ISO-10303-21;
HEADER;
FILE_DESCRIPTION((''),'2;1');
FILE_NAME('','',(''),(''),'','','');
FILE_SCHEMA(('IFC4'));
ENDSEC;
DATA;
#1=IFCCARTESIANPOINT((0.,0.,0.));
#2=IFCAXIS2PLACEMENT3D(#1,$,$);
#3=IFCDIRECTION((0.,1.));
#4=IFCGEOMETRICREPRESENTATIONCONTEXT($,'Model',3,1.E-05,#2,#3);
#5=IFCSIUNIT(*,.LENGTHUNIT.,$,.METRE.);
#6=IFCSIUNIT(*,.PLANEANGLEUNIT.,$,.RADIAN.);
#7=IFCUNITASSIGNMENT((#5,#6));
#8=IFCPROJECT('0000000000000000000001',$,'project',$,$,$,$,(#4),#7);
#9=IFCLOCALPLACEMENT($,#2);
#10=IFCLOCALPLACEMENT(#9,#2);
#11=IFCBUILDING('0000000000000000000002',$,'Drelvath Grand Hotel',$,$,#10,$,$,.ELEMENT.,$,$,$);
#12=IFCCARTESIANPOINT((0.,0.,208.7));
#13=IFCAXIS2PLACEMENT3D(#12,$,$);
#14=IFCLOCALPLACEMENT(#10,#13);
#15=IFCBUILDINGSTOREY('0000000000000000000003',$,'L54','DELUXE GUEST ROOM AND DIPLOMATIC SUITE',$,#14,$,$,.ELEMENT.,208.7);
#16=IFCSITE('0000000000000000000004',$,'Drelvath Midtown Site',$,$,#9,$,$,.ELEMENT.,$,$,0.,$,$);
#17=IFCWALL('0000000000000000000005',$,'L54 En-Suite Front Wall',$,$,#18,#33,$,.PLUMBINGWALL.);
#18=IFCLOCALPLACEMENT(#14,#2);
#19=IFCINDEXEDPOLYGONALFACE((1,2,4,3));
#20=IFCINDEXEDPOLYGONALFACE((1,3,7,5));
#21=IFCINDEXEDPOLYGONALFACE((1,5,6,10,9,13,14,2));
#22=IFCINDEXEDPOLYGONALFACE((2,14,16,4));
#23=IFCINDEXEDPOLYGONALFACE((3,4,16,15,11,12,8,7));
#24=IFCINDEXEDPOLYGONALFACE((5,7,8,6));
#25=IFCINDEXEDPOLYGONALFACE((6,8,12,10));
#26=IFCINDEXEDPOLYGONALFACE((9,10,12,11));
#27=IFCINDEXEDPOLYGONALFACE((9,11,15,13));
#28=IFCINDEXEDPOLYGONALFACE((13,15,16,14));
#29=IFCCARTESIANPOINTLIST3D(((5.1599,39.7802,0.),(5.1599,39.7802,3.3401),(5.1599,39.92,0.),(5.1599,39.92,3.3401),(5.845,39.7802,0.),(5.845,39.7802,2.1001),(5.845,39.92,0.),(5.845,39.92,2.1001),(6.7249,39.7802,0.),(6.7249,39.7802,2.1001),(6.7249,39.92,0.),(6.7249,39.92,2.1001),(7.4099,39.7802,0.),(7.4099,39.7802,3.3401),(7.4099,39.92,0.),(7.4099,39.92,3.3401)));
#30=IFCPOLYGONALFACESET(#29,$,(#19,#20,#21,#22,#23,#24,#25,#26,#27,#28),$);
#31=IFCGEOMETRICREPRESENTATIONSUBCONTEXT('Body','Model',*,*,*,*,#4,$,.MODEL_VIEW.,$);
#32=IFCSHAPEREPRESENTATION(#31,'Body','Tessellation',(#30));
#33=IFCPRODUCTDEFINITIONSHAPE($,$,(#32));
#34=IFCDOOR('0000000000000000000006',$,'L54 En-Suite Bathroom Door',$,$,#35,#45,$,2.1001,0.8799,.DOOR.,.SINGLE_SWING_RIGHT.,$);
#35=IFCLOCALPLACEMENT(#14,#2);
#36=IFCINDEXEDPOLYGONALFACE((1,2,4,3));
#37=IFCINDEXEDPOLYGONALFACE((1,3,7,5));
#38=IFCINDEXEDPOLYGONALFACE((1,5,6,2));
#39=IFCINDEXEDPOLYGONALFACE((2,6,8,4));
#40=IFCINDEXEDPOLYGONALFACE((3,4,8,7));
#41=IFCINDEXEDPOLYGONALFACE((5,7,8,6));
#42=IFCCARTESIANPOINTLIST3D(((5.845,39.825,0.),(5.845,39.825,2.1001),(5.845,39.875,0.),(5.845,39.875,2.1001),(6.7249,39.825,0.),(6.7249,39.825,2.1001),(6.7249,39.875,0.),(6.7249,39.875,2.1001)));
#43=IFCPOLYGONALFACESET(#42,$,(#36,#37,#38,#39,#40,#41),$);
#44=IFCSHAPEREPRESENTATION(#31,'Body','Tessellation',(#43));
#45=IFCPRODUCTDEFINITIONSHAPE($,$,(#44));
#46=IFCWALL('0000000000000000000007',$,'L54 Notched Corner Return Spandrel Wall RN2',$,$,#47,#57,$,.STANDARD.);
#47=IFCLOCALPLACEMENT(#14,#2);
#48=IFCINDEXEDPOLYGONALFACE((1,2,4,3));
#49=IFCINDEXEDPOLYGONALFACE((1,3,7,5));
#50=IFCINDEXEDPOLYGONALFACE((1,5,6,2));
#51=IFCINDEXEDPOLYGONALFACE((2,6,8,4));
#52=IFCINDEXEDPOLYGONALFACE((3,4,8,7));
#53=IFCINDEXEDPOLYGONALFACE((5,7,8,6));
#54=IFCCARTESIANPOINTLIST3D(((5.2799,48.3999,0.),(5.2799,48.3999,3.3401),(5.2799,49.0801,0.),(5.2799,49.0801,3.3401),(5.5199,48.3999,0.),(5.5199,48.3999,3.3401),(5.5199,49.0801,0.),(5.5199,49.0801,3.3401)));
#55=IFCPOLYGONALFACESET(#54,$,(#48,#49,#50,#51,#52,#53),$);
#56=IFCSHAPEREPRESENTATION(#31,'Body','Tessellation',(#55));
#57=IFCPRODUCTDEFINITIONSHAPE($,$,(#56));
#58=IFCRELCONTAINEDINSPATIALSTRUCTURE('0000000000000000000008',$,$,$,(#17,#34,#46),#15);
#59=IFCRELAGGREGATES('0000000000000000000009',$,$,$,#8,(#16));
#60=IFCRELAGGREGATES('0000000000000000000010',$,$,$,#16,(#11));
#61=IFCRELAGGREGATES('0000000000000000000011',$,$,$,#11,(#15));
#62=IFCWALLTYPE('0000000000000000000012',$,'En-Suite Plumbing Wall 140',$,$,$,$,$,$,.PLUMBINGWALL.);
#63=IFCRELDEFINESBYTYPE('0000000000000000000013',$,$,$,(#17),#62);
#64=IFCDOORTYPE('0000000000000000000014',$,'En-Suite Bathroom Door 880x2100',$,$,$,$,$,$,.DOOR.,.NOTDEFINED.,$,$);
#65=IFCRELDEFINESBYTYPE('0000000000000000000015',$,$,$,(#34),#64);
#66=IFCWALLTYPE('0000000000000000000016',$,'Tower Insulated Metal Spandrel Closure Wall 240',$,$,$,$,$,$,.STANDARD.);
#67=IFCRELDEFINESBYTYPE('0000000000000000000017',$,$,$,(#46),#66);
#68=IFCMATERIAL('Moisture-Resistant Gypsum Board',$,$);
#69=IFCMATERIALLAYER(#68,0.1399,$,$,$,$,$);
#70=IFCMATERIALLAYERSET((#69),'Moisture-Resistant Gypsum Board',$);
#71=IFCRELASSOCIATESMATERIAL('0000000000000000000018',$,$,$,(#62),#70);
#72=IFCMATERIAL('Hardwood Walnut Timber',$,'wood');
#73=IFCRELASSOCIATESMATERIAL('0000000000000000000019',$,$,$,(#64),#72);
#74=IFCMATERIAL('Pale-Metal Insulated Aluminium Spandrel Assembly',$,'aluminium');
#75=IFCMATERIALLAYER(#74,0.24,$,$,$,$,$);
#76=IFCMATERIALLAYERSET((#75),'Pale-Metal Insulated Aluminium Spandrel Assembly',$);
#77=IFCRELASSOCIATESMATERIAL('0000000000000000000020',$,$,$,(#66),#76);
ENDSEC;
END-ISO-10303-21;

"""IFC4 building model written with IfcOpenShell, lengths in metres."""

from ifc_helpers import new_model, si_unit, direction, frame, frame_2d, origin, place, context, subcontext, project, spatial, rectangle, extrude, material, layer, layer_set, type_object, element, fill, save


model = new_model("IFC4")

# Units and contexts
model_context = context("Model", 3, precision=1e-05, world=origin(), true_north=direction((0.0, 1.0)))
body_context = subcontext(model_context, "Body", "Model", "MODEL_VIEW")
ifc_project = project(units=[si_unit("LENGTHUNIT", "METRE"), si_unit("PLANEANGLEUNIT", "RADIAN")], contexts=[model_context])

# Site, building, storey
site_placement = place(None, origin())
site = spatial("IfcSite", under=ifc_project, at=site_placement, Name="Drelvath Midtown Site", CompositionType="ELEMENT", RefElevation=0.0)
building_placement = place(site_placement, origin())
building = spatial("IfcBuilding", under=site, at=building_placement, Name="Drelvath Grand Hotel", CompositionType="ELEMENT")
storey_placement = place(building_placement, frame((0.0, 0.0, 208.7)))
storey = spatial("IfcBuildingStorey", under=building, at=storey_placement, Name="L54", Description="DELUXE GUEST ROOM AND DIPLOMATIC SUITE", CompositionType="ELEMENT", Elevation=208.7)

# Shared definitions
ifc_material_1 = material(Name="Moisture-Resistant Gypsum Board")
ifc_layer_1 = layer(ifc_material_1, 0.1399)
ifc_layer_set_1 = layer_set([ifc_layer_1], Name="Moisture-Resistant Gypsum Board")
wall_type_1 = type_object("IfcWallType", Name="En-Suite Plumbing Wall 140", PredefinedType="PLUMBINGWALL", material=ifc_layer_set_1)

# Wall, opening, door
wall_1_placement = place(storey_placement, frame((5.1599, 39.8501, 0.0), z_axis=(0.0, 0.0, 1.0), x_axis=(1.0, 0.0, 0.0)))
wall_1 = element("IfcWall", 1, at=wall_1_placement, inside=storey, type_object=wall_type_1, Name="L54 En-Suite Front Wall", PredefinedType="PLUMBINGWALL", context=body_context, shape_type="SweptSolid", body=[
    extrude(rectangle(XDim=2.25, YDim=0.1399, at=frame_2d((1.125, 0.0))), origin(), (0.0, 0.0, 1.0), 3.3401),
])
opening_placement = place(wall_1_placement, frame((0.6851, 0.0, 0.0)))
opening = element("IfcOpeningElement", 2, at=opening_placement, cuts=wall_1, PredefinedType="OPENING", context=body_context, shape_type="SweptSolid", body=[
    extrude(rectangle(XDim=0.8799, YDim=2.1001, at=frame_2d((0.4399, 1.05))), frame((0.0, 0.0798, 0.0), z_axis=(0.0, -1.0, 0.0), x_axis=(1.0, 0.0, 0.0)), (0.0, 0.0, 1.0), 0.1599),
])
ifc_material_2 = material(Name="Hardwood Walnut Timber", Category="wood")
door_type = type_object("IfcDoorType", Name="En-Suite Bathroom Door 880x2100", OperationType="NOTDEFINED", PredefinedType="DOOR", material=ifc_material_2)
door_placement = place(opening_placement, origin())
door = element("IfcDoor", 3, at=door_placement, inside=storey, type_object=door_type, Name="L54 En-Suite Bathroom Door", OperationType="SINGLE_SWING_RIGHT", OverallHeight=2.1001, OverallWidth=0.8799, PredefinedType="DOOR", context=body_context, shape_type="SweptSolid", body=[
    extrude(rectangle(XDim=0.8799, YDim=2.1001, at=frame_2d((0.4399, 1.05))), frame((0.0, 0.0249, 0.0), z_axis=(0.0, -1.0, 0.0), x_axis=(1.0, 0.0, 0.0)), (0.0, 0.0, 1.0), 0.05),
])
fill(opening, door)

# Wall
ifc_material_3 = material(Name="Pale-Metal Insulated Aluminium Spandrel Assembly", Category="aluminium")
ifc_layer_2 = layer(ifc_material_3, 0.24)
ifc_layer_set_2 = layer_set([ifc_layer_2], Name="Pale-Metal Insulated Aluminium Spandrel Assembly")
wall_type_2 = type_object("IfcWallType", Name="Tower Insulated Metal Spandrel Closure Wall 240", PredefinedType="STANDARD", material=ifc_layer_set_2)
wall_2_placement = place(storey_placement, frame((5.3999, 48.3999, 0.0), z_axis=(0.0, 0.0, 1.0), x_axis=(0.0, 1.0, 0.0)))
element("IfcWall", 4, at=wall_2_placement, inside=storey, type_object=wall_type_2, Name="L54 Notched Corner Return Spandrel Wall RN2", PredefinedType="STANDARD", context=body_context, shape_type="SweptSolid", body=[
    extrude(rectangle(XDim=0.6802, YDim=0.24, at=frame_2d((0.3401, 0.0))), origin(), (0.0, 0.0, 1.0), 3.3401),
])

save(model, "model.ifc")
